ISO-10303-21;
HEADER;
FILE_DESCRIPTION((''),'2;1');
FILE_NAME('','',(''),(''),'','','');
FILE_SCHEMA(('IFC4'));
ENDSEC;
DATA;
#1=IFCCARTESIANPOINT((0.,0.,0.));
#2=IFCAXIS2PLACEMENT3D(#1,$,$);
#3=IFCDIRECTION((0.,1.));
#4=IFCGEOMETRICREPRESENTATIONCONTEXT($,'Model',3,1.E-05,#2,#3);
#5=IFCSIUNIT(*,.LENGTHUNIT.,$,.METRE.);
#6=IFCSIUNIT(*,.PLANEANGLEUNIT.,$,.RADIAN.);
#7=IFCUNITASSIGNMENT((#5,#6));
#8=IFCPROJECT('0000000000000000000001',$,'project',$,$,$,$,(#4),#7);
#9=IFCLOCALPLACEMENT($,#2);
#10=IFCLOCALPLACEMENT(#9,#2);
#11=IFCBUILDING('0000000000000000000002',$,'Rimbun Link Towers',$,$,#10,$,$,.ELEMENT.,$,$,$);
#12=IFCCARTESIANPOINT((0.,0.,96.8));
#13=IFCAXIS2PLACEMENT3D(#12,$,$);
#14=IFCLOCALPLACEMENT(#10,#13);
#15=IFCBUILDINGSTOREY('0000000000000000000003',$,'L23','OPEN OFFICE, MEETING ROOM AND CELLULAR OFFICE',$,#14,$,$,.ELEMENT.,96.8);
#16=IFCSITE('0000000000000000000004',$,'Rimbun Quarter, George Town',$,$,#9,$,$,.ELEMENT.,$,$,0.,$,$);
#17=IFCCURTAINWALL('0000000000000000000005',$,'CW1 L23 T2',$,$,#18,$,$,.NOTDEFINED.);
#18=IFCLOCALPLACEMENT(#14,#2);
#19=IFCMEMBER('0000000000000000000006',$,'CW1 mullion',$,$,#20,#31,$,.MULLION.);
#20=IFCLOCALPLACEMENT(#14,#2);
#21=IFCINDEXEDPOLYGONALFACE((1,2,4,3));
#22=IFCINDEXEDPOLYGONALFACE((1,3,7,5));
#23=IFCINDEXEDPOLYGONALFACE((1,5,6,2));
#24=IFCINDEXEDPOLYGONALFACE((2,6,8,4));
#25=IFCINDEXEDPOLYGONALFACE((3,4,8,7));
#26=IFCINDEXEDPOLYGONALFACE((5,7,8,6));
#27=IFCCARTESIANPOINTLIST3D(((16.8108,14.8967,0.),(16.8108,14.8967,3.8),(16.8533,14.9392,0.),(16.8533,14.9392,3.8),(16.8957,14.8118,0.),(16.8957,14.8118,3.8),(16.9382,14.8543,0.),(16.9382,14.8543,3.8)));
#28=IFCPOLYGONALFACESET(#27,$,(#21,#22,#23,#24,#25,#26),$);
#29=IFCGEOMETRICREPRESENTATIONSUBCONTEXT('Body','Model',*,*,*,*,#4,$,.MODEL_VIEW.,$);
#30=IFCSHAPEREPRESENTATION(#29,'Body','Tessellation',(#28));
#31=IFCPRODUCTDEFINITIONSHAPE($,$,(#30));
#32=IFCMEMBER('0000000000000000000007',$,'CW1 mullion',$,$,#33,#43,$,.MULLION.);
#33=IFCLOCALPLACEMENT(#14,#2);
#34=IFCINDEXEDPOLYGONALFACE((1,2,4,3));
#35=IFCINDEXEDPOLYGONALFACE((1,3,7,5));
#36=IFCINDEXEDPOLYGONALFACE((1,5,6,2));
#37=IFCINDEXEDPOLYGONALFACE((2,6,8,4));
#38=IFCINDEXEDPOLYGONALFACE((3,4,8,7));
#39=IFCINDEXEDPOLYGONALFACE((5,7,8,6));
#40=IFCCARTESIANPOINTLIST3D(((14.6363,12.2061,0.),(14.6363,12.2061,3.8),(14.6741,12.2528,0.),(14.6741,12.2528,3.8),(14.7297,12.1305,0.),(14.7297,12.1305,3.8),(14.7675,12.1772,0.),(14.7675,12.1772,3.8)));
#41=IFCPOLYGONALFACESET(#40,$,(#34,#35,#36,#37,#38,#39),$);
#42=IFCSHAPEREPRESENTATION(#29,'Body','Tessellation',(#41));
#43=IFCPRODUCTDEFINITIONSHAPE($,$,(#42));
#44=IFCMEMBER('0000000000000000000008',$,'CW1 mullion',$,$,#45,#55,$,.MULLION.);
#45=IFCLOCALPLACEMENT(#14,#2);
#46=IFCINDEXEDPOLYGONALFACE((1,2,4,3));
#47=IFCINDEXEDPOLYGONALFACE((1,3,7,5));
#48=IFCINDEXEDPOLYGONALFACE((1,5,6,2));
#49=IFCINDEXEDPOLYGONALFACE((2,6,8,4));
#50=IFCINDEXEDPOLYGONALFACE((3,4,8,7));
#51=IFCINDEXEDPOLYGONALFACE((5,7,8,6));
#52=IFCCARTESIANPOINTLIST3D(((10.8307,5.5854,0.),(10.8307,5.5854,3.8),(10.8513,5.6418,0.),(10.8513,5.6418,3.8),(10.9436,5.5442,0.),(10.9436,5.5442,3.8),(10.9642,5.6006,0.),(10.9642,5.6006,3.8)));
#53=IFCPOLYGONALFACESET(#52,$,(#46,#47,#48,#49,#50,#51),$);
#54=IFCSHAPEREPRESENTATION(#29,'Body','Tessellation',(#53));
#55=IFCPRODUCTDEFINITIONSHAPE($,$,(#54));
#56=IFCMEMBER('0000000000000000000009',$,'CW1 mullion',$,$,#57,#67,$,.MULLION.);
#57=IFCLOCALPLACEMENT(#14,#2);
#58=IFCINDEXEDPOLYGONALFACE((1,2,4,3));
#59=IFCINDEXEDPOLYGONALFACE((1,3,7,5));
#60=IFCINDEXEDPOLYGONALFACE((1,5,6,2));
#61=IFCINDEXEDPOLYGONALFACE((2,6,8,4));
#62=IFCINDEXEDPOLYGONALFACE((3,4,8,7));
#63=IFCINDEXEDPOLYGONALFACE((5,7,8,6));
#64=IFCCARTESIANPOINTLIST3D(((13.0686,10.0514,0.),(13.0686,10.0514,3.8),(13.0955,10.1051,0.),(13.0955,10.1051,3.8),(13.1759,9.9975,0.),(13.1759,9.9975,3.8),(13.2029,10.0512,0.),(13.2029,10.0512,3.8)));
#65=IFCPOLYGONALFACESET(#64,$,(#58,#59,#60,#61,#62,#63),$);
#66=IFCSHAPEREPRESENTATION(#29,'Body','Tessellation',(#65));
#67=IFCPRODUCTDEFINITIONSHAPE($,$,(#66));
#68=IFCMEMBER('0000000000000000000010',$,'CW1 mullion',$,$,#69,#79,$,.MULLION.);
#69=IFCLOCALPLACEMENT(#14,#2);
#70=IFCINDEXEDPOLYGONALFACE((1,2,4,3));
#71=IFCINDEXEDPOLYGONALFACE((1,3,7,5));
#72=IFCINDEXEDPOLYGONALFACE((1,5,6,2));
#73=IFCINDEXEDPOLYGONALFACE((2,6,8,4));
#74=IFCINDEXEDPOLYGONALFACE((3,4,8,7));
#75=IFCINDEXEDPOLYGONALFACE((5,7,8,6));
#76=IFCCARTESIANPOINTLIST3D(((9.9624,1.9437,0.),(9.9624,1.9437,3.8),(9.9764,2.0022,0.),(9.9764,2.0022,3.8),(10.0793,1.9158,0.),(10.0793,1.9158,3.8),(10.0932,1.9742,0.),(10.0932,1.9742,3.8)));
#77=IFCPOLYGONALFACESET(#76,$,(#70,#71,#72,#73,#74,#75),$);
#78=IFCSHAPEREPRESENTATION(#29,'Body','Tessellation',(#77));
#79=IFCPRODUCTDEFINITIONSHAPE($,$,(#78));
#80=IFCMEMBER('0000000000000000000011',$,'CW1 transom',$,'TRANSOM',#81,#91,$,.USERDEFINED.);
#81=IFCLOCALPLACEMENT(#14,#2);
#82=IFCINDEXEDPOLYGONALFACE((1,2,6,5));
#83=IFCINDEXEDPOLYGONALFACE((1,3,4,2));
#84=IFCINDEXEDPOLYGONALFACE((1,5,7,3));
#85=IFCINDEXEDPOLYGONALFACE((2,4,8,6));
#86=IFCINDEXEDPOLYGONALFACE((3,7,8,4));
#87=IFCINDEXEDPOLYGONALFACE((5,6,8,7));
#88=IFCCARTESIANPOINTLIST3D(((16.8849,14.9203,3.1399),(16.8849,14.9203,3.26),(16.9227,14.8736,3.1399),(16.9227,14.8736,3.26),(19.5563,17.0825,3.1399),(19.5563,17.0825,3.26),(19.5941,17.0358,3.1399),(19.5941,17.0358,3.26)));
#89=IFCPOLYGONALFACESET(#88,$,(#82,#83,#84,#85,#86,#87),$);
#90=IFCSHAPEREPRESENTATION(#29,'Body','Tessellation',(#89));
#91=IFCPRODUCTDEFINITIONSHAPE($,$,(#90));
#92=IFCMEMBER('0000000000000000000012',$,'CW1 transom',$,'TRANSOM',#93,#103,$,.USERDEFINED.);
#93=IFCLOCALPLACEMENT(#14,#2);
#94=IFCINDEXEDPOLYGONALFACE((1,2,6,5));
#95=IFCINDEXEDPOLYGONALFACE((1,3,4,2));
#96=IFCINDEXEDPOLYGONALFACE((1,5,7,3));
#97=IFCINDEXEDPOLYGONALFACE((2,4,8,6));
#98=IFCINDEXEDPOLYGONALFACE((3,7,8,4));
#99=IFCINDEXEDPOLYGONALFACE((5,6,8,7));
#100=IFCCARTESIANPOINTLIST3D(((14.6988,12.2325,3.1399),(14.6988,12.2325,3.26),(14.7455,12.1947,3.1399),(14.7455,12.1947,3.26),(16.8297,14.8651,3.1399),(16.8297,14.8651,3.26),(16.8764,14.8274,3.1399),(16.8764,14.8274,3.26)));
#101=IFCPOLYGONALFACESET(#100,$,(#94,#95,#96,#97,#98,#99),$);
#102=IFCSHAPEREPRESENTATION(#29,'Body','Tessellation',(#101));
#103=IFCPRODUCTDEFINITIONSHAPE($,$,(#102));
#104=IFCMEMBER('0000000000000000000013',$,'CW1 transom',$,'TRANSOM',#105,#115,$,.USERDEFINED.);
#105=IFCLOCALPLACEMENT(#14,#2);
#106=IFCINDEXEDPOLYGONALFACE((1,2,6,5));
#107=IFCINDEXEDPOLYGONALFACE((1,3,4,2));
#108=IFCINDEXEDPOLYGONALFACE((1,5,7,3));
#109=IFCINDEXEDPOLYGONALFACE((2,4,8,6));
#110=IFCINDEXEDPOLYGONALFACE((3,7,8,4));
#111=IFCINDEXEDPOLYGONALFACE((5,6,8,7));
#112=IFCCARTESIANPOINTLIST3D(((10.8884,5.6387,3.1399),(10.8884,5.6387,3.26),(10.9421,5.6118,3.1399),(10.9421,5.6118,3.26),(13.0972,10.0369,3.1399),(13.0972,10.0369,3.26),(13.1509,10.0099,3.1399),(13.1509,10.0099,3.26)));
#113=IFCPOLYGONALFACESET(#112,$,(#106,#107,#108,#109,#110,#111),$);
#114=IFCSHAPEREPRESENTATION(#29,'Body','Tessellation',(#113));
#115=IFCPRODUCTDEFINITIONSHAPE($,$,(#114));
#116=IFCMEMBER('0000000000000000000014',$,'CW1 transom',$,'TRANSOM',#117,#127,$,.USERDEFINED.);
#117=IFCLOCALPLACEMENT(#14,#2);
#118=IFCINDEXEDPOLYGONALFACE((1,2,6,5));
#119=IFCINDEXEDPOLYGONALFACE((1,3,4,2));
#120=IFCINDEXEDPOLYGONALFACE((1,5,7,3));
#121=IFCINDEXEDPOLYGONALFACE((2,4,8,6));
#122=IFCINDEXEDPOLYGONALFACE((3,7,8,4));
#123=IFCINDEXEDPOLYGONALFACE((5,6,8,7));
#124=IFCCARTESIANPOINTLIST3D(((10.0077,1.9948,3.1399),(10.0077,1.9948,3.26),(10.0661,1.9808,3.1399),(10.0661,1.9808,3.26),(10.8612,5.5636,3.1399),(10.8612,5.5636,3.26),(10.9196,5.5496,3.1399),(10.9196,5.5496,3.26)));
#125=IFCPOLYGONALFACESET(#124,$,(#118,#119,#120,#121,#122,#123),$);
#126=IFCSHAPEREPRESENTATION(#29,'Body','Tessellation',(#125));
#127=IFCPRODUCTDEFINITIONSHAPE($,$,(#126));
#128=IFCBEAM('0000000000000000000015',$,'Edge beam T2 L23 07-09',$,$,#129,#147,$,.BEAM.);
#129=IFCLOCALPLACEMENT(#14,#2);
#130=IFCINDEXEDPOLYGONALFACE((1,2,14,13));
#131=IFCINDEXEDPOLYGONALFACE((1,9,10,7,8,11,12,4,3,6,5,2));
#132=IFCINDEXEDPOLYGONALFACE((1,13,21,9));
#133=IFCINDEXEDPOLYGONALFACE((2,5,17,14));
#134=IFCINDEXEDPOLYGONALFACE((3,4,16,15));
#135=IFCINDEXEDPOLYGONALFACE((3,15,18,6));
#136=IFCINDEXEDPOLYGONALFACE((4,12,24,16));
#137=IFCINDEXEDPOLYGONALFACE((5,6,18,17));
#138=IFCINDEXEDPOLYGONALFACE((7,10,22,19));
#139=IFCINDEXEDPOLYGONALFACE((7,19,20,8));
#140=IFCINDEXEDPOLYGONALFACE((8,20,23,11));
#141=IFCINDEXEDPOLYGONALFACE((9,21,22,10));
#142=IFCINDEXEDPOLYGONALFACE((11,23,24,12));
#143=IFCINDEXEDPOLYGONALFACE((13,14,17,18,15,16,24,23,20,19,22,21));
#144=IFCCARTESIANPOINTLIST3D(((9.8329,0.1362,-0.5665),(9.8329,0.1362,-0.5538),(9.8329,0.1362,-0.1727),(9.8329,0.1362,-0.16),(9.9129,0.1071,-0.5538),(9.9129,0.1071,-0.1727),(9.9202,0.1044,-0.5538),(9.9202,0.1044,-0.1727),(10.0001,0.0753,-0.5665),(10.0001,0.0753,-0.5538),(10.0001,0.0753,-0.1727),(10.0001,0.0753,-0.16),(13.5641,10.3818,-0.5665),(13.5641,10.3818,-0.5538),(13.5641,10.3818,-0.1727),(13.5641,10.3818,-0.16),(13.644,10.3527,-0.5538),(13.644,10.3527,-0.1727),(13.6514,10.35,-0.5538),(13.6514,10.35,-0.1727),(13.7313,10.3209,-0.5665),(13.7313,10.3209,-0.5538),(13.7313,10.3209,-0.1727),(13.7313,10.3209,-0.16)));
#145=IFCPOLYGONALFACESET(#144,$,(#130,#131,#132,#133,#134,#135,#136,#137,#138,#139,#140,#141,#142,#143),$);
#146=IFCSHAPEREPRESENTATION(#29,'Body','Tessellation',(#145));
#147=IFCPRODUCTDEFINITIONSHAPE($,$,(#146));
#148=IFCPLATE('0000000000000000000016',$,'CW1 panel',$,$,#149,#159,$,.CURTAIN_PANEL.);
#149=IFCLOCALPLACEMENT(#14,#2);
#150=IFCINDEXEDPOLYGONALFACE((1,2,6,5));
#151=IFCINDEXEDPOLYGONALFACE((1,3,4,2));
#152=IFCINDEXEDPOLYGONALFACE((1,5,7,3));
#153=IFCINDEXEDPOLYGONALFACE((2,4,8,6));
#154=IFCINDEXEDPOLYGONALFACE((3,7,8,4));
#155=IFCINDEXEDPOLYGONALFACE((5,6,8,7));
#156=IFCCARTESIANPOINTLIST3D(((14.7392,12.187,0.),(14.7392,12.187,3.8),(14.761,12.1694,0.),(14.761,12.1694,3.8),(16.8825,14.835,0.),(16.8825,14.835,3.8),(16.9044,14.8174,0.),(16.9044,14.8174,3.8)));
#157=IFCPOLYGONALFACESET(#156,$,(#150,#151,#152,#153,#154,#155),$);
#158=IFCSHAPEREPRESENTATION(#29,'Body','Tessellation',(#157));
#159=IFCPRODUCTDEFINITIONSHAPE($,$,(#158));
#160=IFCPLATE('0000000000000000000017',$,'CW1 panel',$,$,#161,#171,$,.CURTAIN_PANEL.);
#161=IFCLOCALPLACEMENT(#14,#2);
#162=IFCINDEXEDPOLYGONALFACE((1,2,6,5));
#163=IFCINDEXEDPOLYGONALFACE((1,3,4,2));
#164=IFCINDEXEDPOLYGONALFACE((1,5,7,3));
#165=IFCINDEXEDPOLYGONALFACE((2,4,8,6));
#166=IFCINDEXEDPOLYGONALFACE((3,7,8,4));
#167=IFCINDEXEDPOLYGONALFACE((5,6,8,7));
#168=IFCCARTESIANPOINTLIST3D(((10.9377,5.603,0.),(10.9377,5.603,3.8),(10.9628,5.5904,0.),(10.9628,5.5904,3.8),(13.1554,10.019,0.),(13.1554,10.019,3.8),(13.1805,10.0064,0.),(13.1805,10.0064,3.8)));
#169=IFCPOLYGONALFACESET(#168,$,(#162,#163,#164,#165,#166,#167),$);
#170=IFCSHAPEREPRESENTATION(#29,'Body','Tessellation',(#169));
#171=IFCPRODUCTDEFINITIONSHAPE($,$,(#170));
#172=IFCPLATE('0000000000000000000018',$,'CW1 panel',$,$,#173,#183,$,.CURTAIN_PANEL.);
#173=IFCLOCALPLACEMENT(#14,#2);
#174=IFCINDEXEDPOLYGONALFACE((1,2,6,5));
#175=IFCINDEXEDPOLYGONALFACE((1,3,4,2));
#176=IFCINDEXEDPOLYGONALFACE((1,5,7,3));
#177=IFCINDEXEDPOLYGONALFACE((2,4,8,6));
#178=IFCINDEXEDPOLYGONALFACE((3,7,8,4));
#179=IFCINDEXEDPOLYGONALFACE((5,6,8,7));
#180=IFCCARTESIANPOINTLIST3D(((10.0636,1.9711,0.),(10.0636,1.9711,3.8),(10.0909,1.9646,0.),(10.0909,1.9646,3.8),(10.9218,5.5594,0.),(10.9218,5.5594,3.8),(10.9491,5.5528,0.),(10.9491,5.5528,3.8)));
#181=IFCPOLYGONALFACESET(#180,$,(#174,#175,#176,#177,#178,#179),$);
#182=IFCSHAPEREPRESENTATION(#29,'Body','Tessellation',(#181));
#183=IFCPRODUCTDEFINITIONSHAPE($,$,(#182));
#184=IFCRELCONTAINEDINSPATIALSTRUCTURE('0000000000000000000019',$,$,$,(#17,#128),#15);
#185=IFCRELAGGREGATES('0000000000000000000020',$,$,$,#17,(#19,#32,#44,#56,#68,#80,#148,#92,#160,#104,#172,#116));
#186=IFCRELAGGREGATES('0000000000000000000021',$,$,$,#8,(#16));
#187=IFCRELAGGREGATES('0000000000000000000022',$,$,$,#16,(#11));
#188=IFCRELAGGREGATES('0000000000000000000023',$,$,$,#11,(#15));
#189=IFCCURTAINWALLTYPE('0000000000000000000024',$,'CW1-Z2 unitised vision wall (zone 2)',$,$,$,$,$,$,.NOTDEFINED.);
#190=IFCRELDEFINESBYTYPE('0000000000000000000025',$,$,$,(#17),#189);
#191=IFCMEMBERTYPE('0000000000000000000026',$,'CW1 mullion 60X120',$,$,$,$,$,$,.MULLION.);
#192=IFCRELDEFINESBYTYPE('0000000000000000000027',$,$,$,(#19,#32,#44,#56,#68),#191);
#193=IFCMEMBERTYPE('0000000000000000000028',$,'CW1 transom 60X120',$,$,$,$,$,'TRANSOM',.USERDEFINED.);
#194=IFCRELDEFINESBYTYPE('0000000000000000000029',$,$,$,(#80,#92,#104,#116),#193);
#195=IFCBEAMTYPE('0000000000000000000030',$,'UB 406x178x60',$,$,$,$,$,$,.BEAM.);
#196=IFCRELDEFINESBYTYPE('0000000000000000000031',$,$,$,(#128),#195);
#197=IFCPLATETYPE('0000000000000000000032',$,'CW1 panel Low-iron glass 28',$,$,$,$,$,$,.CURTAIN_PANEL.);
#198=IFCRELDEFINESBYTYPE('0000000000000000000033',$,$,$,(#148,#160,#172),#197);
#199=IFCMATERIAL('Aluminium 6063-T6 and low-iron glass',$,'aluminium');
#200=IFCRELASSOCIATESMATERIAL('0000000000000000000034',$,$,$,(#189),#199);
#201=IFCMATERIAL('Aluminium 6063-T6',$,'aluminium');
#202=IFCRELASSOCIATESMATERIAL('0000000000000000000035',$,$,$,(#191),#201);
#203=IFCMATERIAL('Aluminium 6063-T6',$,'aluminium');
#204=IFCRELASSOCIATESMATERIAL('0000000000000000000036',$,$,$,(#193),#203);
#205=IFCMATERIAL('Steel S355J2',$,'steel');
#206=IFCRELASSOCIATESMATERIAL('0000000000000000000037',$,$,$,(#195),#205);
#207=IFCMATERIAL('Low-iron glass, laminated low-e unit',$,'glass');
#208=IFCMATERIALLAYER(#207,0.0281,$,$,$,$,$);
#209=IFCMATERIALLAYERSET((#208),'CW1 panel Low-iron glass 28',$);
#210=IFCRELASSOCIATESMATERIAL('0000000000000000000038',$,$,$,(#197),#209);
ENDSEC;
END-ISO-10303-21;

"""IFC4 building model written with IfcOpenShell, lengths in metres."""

from ifc_helpers import new_model, si_unit, direction, frame, origin, origin_2d, place, context, subcontext, project, spatial, rectangle, i_section, extrude, material, layer, layer_set, material_profile, profile_set, type_object, element, aggregate, save


model = new_model("IFC4")

# Units and contexts
model_context = context("Model", 3, precision=1e-05, world=origin(), true_north=direction((0.0, 1.0)))
body_context = subcontext(model_context, "Body", "Model", "MODEL_VIEW")
ifc_project = project(units=[si_unit("LENGTHUNIT", "METRE"), si_unit("PLANEANGLEUNIT", "RADIAN")], contexts=[model_context])

# Site, building, storey
site_placement = place(None, origin())
site = spatial("IfcSite", under=ifc_project, at=site_placement, Name="Rimbun Quarter, George Town", CompositionType="ELEMENT", RefElevation=0.0)
building_placement = place(site_placement, origin())
building = spatial("IfcBuilding", under=site, at=building_placement, Name="Rimbun Link Towers", CompositionType="ELEMENT")
storey_placement = place(building_placement, frame((0.0, 0.0, 96.8)))
storey = spatial("IfcBuildingStorey", under=building, at=storey_placement, Name="L23", Description="OPEN OFFICE, MEETING ROOM AND CELLULAR OFFICE", CompositionType="ELEMENT", Elevation=96.8)

# Curtain wall, members
ifc_material_1 = material(Name="Aluminium 6063-T6 and low-iron glass", Category="aluminium")
curtain_wall_type = type_object("IfcCurtainWallType", Name="CW1-Z2 unitised vision wall (zone 2)", PredefinedType="NOTDEFINED", material=ifc_material_1)
curtain_wall_placement = place(storey_placement, origin())
curtain_wall = element("IfcCurtainWall", 1, at=curtain_wall_placement, inside=storey, type_object=curtain_wall_type, Name="CW1 L23 T2", PredefinedType="NOTDEFINED")
ifc_material_2 = material(Name="Aluminium 6063-T6", Category="aluminium")
ifc_material_profile_1 = material_profile(ifc_material_2, rectangle(XDim=0.1201, YDim=0.0601, at=origin_2d()), Name="MULLION 60X120")
ifc_profile_set_1 = profile_set([ifc_material_profile_1], Name="Aluminium 6063-T6")
member_type_1 = type_object("IfcMemberType", Name="CW1 mullion 60X120", PredefinedType="MULLION", material=ifc_profile_set_1)
member_1_placement = place(storey_placement, frame((16.8745, 14.8755, 0.0), z_axis=(0.0, 0.0, 1.0), x_axis=(-0.707107, 0.707107, 0.0)))
member_1 = element("IfcMember", 2, at=member_1_placement, type_object=member_type_1, Name="CW1 mullion", PredefinedType="MULLION", context=body_context, shape_type="SweptSolid", body=[
    extrude(rectangle(XDim=0.1201, YDim=0.0601, at=origin_2d()), origin(), (0.0, 0.0, 1.0), 3.8),
])
member_2_placement = place(storey_placement, frame((14.7019, 12.1917, 0.0), z_axis=(0.0, 0.0, 1.0), x_axis=(-0.77728, 0.629155, 0.0)))
member_2 = element("IfcMember", 3, at=member_2_placement, type_object=member_type_1, Name="CW1 mullion", PredefinedType="MULLION", context=body_context, shape_type="SweptSolid", body=[
    extrude(rectangle(XDim=0.1201, YDim=0.0601, at=origin_2d()), origin(), (0.0, 0.0, 1.0), 3.8),
])
member_3_placement = place(storey_placement, frame((10.8975, 5.593, 0.0), z_axis=(0.0, 0.0, 1.0), x_axis=(-0.939346, 0.34297, 0.0)))
member_3 = element("IfcMember", 4, at=member_3_placement, type_object=member_type_1, Name="CW1 mullion", PredefinedType="MULLION", context=body_context, shape_type="SweptSolid", body=[
    extrude(rectangle(XDim=0.1201, YDim=0.0601, at=origin_2d()), origin(), (0.0, 0.0, 1.0), 3.8),
])
member_4_placement = place(storey_placement, frame((13.1357, 10.0513, 0.0), z_axis=(0.0, 0.0, 1.0), x_axis=(-0.893641, 0.448782, 0.0)))
member_4 = element("IfcMember", 5, at=member_4_placement, type_object=member_type_1, Name="CW1 mullion", PredefinedType="MULLION", context=body_context, shape_type="SweptSolid", body=[
    extrude(rectangle(XDim=0.1201, YDim=0.0601, at=origin_2d()), origin(), (0.0, 0.0, 1.0), 3.8),
])
member_5_placement = place(storey_placement, frame((10.0278, 1.959, 0.0), z_axis=(0.0, 0.0, 1.0), x_axis=(-0.972572, 0.232601, 0.0)))
member_5 = element("IfcMember", 6, at=member_5_placement, type_object=member_type_1, Name="CW1 mullion", PredefinedType="MULLION", context=body_context, shape_type="SweptSolid", body=[
    extrude(rectangle(XDim=0.1201, YDim=0.0601, at=origin_2d()), origin(), (0.0, 0.0, 1.0), 3.8),
])
ifc_material_3 = material(Name="Aluminium 6063-T6", Category="aluminium")
ifc_material_profile_2 = material_profile(ifc_material_3, rectangle(XDim=0.0601, YDim=0.1201, at=origin_2d()), Name="TRANSOM 60X120")
ifc_profile_set_2 = profile_set([ifc_material_profile_2], Name="Aluminium 6063-T6")
member_type_2 = type_object("IfcMemberType", Name="CW1 transom 60X120", ElementType="TRANSOM", PredefinedType="USERDEFINED", material=ifc_profile_set_2)
member_6_placement = place(storey_placement, frame((16.9038, 14.897, 3.2), z_axis=(0.777308, 0.629121, 0.0), x_axis=(-0.629121, 0.777308, 0.0)))
member_6 = element("IfcMember", 7, at=member_6_placement, type_object=member_type_2, Name="CW1 transom", ObjectType="TRANSOM", PredefinedType="USERDEFINED", context=body_context, shape_type="SweptSolid", body=[
    extrude(rectangle(XDim=0.0601, YDim=0.1201, at=origin_2d()), origin(), (0.0, 0.0, 1.0), 3.4368),
])
member_7_placement = place(storey_placement, frame((14.7222, 12.2136, 3.2), z_axis=(0.629151, 0.777283, 0.0), x_axis=(-0.777283, 0.629151, 0.0)))
member_7 = element("IfcMember", 8, at=member_7_placement, type_object=member_type_2, Name="CW1 transom", ObjectType="TRANSOM", PredefinedType="USERDEFINED", context=body_context, shape_type="SweptSolid", body=[
    extrude(rectangle(XDim=0.0601, YDim=0.1201, at=origin_2d()), origin(), (0.0, 0.0, 1.0), 3.387),
])
member_8_placement = place(storey_placement, frame((10.9153, 5.6252, 3.2), z_axis=(0.44878, 0.893642, 0.0), x_axis=(-0.893642, 0.44878, 0.0)))
member_8 = element("IfcMember", 9, at=member_8_placement, type_object=member_type_2, Name="CW1 transom", ObjectType="TRANSOM", PredefinedType="USERDEFINED", context=body_context, shape_type="SweptSolid", body=[
    extrude(rectangle(XDim=0.0601, YDim=0.1201, at=origin_2d()), origin(), (0.0, 0.0, 1.0), 4.9216),
])
member_9_placement = place(storey_placement, frame((10.0369, 1.9878, 3.2), z_axis=(0.232598, 0.972573, 0.0), x_axis=(-0.972573, 0.232598, 0.0)))
member_9 = element("IfcMember", 10, at=member_9_placement, type_object=member_type_2, Name="CW1 transom", ObjectType="TRANSOM", PredefinedType="USERDEFINED", context=body_context, shape_type="SweptSolid", body=[
    extrude(rectangle(XDim=0.0601, YDim=0.1201, at=origin_2d()), origin(), (0.0, 0.0, 1.0), 3.6694),
])

# Beam
ifc_material_4 = material(Name="Steel S355J2", Category="steel")
ifc_material_profile_3 = material_profile(ifc_material_4, i_section(OverallWidth=0.178, OverallDepth=0.4065, WebThickness=0.0078, FlangeThickness=0.0127, at=origin_2d()), Name="UB 406x178x60")
ifc_profile_set_3 = profile_set([ifc_material_profile_3], Name="Steel S355J2")
beam_type = type_object("IfcBeamType", Name="UB 406x178x60", PredefinedType="BEAM", material=ifc_profile_set_3)
beam_placement = place(storey_placement, frame((13.6477, 10.3513, -0.3633), z_axis=(-0.342191, -0.939631, 0.0), x_axis=(0.939631, -0.342191, 0.0)))
element("IfcBeam", 11, at=beam_placement, inside=storey, type_object=beam_type, Name="Edge beam T2 L23 07-09", PredefinedType="BEAM", context=body_context, shape_type="SweptSolid", body=[
    extrude(i_section(OverallWidth=0.178, OverallDepth=0.4065, WebThickness=0.0078, FlangeThickness=0.0127, at=origin_2d()), origin(), (0.0, 0.0, 1.0), 10.9038),
])

# Plates
ifc_material_5 = material(Name="Low-iron glass, laminated low-e unit", Category="glass")
ifc_layer_1 = layer(ifc_material_5, 0.0281)
ifc_layer_set_1 = layer_set([ifc_layer_1], Name="CW1 panel Low-iron glass 28")
plate_type = type_object("IfcPlateType", Name="CW1 panel Low-iron glass 28", PredefinedType="CURTAIN_PANEL", material=ifc_layer_set_1)
plate_1_placement = place(storey_placement, frame((15.8218, 13.5022, 0.0), z_axis=(0.0, 0.0, 1.0), x_axis=(0.629155, 0.77728, 0.0)))
plate_1 = element("IfcPlate", 12, at=plate_1_placement, type_object=plate_type, Name="CW1 panel", PredefinedType="CURTAIN_PANEL", context=body_context, shape_type="SweptSolid", body=[
    extrude(rectangle(XDim=3.4067, YDim=0.0281, at=origin_2d()), origin(), (0.0, 0.0, 1.0), 3.8),
])
plate_2_placement = place(storey_placement, frame((12.0591, 7.8047, 0.0), z_axis=(0.0, 0.0, 1.0), x_axis=(0.448782, 0.893641, 0.0)))
plate_2 = element("IfcPlate", 13, at=plate_2_placement, type_object=plate_type, Name="CW1 panel", PredefinedType="CURTAIN_PANEL", context=body_context, shape_type="SweptSolid", body=[
    extrude(rectangle(XDim=4.9417, YDim=0.0281, at=origin_2d()), origin(), (0.0, 0.0, 1.0), 3.8),
])
plate_3_placement = place(storey_placement, frame((10.5063, 3.762, 0.0), z_axis=(0.0, 0.0, 1.0), x_axis=(0.232601, 0.972572, 0.0)))
plate_3 = element("IfcPlate", 14, at=plate_3_placement, type_object=plate_type, Name="CW1 panel", PredefinedType="CURTAIN_PANEL", context=body_context, shape_type="SweptSolid", body=[
    extrude(rectangle(XDim=3.6895, YDim=0.0281, at=origin_2d()), origin(), (0.0, 0.0, 1.0), 3.8),
])
aggregate(curtain_wall, [member_1, member_2, member_3, member_4, member_5, member_6, plate_1, member_7, plate_2, member_8, plate_3, member_9])

save(model, "model.ifc")
